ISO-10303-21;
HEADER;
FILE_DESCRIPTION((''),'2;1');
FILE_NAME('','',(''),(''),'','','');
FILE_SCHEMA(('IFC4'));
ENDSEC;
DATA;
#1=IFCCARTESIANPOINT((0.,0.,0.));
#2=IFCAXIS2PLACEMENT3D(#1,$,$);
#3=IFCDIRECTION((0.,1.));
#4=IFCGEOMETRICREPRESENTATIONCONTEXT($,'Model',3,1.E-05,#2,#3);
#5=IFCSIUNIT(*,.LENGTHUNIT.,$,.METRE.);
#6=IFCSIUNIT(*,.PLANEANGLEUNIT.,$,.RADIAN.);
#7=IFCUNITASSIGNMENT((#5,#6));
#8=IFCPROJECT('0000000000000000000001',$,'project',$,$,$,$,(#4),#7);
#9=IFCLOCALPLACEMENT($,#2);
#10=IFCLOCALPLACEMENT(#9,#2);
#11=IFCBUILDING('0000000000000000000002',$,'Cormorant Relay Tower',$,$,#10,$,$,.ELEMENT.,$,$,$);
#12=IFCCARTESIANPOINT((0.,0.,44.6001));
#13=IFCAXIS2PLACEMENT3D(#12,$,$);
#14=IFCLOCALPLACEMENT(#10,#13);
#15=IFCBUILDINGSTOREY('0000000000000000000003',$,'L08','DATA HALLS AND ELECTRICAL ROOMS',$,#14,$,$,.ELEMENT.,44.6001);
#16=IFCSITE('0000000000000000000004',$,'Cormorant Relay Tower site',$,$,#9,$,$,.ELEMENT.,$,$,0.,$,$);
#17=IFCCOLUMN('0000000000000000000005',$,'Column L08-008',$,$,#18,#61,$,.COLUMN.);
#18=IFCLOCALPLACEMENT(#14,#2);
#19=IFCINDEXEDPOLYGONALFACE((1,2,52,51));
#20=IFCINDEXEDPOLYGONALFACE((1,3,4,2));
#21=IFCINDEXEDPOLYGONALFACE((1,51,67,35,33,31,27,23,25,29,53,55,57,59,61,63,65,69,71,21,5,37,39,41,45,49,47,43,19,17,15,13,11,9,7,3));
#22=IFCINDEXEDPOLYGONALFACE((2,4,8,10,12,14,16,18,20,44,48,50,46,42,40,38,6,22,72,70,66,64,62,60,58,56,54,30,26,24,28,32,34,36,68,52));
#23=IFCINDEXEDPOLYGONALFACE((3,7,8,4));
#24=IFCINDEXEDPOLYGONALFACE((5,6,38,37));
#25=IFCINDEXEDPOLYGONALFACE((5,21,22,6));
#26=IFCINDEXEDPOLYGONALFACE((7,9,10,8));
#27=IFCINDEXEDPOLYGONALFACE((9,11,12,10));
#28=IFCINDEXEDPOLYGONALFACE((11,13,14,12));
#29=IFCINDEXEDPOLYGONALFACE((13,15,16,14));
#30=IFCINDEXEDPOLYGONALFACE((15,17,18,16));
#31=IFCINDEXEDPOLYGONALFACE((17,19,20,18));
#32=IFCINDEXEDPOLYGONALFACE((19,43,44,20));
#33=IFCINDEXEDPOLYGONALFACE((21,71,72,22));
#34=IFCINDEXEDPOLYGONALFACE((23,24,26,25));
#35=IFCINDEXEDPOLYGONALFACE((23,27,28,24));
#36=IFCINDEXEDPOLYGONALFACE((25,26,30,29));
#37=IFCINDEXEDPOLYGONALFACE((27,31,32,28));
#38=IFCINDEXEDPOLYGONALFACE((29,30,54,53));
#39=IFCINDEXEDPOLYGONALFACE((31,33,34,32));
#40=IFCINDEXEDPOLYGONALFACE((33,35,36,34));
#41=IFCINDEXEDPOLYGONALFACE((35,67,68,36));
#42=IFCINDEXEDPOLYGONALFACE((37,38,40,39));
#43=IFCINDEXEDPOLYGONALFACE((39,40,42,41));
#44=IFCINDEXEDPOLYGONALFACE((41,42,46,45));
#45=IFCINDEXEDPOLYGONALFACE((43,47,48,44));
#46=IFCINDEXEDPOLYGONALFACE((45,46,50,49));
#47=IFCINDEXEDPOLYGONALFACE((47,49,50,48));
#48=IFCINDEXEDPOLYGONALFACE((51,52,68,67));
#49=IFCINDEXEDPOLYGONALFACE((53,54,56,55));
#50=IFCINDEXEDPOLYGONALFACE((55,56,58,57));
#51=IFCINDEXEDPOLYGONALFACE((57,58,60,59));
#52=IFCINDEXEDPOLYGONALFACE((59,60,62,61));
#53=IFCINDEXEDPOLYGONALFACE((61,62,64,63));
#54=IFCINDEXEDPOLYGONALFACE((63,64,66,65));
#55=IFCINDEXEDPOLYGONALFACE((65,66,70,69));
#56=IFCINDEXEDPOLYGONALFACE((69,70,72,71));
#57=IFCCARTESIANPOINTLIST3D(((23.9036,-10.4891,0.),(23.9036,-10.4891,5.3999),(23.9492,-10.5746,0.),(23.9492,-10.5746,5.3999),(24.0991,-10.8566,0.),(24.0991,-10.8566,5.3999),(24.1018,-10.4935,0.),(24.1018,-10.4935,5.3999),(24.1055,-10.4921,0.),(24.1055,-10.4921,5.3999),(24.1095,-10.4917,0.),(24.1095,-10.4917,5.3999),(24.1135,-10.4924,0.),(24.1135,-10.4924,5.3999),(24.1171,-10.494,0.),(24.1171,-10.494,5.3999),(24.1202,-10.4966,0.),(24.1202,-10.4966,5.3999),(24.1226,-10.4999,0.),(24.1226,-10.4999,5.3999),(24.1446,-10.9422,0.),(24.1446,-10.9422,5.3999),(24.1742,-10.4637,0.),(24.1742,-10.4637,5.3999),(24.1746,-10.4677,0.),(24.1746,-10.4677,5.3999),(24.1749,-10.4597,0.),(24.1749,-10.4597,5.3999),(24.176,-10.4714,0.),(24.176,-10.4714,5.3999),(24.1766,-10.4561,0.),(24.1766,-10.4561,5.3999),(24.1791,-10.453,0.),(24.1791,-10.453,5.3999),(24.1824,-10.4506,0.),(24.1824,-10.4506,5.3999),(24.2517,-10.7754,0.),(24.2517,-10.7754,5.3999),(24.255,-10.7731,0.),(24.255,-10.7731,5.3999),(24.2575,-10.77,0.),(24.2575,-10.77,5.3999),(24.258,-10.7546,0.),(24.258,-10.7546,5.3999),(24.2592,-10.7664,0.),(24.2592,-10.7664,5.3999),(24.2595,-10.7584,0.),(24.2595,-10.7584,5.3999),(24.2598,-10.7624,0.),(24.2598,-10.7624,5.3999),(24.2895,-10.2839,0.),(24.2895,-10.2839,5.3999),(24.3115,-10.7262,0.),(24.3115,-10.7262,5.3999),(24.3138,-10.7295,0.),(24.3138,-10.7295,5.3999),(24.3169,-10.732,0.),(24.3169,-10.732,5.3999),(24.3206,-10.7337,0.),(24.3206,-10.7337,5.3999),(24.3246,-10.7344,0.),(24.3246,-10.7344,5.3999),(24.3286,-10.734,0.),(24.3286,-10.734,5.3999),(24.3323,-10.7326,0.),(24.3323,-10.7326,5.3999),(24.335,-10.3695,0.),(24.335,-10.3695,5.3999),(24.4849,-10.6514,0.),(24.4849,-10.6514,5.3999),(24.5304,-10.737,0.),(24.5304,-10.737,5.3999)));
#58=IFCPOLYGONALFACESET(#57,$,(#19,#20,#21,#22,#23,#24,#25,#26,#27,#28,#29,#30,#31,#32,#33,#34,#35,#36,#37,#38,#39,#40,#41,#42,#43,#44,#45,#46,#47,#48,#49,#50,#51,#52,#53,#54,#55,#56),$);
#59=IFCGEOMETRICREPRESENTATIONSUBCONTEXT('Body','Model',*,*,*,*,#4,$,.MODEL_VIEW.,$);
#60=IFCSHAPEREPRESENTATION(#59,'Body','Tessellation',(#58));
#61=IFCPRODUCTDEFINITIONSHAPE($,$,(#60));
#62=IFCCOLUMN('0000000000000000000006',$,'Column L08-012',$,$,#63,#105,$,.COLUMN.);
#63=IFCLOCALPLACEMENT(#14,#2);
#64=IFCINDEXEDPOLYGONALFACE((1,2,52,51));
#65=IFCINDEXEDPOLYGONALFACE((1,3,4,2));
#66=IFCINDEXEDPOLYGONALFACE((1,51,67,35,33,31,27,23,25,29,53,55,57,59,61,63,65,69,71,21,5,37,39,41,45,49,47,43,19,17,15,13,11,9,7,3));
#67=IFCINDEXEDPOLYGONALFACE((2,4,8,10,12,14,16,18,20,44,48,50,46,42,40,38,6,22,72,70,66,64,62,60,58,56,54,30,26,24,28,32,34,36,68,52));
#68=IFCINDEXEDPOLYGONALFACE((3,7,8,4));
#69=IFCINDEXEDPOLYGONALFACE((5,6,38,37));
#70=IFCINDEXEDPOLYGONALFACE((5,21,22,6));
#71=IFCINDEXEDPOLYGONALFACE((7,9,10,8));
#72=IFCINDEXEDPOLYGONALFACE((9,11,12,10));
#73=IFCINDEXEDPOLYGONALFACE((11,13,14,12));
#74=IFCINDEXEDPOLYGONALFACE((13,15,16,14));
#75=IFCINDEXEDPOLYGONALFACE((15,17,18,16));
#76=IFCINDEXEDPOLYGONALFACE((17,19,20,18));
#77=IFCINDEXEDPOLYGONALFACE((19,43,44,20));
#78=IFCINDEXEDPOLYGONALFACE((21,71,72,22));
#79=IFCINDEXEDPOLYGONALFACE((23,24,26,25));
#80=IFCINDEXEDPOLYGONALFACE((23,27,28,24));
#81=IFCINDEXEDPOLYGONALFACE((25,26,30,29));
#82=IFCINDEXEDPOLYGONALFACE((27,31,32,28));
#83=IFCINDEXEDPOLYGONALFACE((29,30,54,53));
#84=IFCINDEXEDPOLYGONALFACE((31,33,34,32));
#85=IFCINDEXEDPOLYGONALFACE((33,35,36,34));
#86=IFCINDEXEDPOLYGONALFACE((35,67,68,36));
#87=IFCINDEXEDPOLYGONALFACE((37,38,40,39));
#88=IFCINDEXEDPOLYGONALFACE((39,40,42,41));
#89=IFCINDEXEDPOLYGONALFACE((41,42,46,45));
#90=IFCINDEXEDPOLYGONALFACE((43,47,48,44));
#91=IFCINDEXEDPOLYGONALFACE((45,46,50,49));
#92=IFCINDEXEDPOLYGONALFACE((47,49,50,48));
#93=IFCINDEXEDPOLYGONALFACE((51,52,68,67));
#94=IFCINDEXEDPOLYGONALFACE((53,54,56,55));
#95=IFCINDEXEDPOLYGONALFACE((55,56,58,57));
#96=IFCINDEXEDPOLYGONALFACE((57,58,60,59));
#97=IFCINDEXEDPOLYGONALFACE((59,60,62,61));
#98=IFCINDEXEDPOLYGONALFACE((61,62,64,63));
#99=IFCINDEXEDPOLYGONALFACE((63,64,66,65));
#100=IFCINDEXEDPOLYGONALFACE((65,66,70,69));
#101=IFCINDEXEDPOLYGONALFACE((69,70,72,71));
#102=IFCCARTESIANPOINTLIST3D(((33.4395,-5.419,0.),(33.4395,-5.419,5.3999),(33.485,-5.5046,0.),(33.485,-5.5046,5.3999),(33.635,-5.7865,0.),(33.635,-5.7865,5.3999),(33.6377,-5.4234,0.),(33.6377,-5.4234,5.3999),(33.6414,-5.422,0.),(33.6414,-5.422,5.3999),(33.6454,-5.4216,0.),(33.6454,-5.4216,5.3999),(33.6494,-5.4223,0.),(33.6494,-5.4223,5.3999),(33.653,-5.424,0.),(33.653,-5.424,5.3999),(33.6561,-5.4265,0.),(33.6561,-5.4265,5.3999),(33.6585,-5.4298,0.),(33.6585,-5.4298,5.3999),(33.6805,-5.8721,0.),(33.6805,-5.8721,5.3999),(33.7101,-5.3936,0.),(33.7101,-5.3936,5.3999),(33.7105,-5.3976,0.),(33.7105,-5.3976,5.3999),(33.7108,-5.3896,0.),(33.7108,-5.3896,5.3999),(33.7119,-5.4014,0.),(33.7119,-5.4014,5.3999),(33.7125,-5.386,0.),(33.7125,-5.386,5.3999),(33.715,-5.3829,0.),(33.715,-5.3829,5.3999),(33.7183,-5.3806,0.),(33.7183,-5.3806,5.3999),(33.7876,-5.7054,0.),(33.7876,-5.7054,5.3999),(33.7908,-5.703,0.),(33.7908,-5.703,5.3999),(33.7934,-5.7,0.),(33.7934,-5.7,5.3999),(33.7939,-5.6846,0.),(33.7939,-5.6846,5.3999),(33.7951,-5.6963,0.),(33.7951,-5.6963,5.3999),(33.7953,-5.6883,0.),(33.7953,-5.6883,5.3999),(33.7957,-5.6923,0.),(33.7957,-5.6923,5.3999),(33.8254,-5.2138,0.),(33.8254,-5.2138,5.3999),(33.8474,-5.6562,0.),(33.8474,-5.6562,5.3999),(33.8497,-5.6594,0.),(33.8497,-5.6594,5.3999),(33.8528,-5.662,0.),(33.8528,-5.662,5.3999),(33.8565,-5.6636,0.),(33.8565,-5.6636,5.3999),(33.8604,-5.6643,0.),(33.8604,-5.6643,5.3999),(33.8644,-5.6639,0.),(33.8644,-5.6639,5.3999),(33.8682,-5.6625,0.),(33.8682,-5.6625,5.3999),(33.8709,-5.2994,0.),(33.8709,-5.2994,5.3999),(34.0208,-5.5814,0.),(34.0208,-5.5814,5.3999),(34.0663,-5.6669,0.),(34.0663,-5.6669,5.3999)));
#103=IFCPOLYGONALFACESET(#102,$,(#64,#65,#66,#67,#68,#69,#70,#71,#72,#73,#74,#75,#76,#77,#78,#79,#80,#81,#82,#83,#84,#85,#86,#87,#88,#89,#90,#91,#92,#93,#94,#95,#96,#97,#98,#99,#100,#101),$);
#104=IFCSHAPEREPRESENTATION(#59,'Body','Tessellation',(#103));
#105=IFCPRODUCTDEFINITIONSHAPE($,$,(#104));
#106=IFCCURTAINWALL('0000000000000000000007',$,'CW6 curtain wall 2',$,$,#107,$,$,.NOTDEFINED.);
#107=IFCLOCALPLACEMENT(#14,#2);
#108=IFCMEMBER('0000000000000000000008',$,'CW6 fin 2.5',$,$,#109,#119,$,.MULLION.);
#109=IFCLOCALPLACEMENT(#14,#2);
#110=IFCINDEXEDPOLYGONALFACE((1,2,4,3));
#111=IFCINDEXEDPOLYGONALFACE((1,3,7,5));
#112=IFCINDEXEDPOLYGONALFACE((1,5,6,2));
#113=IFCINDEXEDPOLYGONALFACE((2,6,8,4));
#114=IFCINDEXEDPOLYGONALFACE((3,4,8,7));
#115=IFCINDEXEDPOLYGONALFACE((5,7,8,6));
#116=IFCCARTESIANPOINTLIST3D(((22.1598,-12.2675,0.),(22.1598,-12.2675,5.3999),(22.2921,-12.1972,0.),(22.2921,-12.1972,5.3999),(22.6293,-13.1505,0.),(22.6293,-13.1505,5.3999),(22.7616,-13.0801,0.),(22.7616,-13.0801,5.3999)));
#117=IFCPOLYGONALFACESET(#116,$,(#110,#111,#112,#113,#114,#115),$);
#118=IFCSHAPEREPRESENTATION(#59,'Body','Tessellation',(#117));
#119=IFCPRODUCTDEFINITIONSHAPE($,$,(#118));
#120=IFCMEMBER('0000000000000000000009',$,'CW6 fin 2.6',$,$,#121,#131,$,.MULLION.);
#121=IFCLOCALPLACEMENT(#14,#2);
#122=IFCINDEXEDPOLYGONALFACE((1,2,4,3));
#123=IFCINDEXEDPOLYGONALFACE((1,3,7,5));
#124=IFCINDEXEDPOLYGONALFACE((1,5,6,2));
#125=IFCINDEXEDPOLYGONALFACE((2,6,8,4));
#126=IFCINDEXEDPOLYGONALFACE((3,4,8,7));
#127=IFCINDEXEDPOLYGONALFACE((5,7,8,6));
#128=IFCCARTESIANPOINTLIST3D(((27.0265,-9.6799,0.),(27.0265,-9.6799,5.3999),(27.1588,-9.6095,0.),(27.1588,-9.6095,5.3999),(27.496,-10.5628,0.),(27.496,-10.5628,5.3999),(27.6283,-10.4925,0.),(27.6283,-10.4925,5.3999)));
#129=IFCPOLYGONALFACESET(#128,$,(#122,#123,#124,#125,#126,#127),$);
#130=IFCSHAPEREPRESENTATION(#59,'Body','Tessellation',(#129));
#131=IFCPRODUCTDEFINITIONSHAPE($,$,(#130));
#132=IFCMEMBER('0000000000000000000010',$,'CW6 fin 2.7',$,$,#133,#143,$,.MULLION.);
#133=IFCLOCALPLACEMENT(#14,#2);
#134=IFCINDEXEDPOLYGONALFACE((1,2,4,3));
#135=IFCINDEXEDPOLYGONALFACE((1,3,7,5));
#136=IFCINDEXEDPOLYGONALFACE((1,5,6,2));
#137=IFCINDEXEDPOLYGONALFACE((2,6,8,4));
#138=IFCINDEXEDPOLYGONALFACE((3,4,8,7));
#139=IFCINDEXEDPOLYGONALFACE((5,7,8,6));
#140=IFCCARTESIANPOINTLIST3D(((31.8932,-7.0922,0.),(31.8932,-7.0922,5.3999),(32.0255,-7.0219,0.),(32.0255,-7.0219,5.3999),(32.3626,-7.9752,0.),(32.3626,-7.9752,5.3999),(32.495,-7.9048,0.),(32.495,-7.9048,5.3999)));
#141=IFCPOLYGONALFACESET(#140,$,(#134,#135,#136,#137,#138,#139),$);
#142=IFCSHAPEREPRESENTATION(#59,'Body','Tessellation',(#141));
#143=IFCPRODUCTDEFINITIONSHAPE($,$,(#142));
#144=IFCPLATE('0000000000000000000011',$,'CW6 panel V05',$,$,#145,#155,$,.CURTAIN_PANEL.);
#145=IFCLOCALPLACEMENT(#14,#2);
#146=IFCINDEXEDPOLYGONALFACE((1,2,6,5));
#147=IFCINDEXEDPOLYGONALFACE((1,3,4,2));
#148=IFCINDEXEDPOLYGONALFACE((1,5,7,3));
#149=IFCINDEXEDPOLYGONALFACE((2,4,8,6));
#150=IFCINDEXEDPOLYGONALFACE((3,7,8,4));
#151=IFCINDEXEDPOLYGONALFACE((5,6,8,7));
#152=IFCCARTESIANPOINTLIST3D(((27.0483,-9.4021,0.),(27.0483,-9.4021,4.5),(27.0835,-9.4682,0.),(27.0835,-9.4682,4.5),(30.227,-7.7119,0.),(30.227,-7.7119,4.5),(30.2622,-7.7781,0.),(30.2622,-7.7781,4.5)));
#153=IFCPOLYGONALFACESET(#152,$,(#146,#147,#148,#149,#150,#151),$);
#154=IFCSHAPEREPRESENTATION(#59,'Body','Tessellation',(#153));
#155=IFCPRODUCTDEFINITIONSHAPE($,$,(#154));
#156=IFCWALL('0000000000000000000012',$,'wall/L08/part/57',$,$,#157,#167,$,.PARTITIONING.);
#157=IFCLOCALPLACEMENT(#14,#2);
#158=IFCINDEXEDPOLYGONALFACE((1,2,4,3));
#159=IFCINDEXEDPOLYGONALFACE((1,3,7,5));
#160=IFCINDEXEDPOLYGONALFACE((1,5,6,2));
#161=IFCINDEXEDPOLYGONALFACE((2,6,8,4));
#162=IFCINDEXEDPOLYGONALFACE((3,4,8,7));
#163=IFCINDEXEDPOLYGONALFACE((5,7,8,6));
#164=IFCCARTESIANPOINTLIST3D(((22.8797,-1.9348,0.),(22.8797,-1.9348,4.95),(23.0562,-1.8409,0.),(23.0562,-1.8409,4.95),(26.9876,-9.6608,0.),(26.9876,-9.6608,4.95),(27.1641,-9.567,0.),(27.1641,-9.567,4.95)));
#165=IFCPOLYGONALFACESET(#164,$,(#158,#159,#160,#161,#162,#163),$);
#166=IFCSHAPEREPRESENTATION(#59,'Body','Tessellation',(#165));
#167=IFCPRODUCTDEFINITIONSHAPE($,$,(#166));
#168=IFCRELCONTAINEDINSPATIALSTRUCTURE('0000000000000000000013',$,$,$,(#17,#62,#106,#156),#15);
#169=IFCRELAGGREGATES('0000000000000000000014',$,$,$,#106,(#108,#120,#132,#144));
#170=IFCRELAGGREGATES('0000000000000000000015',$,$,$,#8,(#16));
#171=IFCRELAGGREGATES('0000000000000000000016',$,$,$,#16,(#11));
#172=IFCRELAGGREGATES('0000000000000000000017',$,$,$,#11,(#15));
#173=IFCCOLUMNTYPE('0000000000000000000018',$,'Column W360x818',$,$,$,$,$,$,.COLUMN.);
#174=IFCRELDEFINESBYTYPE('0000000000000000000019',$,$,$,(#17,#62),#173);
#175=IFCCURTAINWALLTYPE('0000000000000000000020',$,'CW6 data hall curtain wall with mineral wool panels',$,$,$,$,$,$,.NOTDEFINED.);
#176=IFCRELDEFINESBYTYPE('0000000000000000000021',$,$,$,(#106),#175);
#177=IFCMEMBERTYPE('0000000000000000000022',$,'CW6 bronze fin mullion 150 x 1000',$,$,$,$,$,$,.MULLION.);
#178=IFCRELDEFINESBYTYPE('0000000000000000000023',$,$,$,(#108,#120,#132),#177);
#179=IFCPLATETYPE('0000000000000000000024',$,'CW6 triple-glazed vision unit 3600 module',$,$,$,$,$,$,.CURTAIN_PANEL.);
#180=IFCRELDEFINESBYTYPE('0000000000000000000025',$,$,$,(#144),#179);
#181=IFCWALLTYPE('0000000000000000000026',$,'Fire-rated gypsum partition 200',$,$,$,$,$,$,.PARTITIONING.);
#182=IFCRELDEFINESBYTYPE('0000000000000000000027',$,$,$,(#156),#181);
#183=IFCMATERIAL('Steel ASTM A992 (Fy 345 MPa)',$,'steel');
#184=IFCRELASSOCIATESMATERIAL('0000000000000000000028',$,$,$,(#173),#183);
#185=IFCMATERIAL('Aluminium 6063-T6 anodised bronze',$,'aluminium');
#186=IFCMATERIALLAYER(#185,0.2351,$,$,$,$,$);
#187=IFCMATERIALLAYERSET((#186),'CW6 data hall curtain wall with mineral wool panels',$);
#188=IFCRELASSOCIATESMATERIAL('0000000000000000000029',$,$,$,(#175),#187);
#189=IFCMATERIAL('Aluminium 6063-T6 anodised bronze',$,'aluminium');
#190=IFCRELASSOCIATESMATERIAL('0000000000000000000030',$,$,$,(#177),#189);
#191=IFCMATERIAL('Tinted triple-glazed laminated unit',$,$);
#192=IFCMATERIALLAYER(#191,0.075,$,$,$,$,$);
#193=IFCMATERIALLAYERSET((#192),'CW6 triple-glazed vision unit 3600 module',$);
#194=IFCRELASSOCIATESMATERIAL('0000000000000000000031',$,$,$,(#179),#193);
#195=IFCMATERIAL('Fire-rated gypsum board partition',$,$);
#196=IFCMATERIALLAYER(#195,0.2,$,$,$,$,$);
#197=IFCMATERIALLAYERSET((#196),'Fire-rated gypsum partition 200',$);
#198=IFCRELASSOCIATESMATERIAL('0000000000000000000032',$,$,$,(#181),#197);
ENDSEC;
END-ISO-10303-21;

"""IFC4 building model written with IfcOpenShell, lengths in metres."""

from ifc_helpers import new_model, si_unit, direction, frame, frame_2d, origin, origin_2d, place, context, subcontext, project, spatial, rectangle, i_section, extrude, material, layer, layer_set, material_profile, profile_set, type_object, element, aggregate, save


model = new_model("IFC4")

# Units and contexts
model_context = context("Model", 3, precision=1e-05, world=origin(), true_north=direction((0.0, 1.0)))
body_context = subcontext(model_context, "Body", "Model", "MODEL_VIEW")
ifc_project = project(units=[si_unit("LENGTHUNIT", "METRE"), si_unit("PLANEANGLEUNIT", "RADIAN")], contexts=[model_context])

# Site, building, storey
site_placement = place(None, origin())
site = spatial("IfcSite", under=ifc_project, at=site_placement, Name="Cormorant Relay Tower site", CompositionType="ELEMENT", RefElevation=0.0)
building_placement = place(site_placement, origin())
building = spatial("IfcBuilding", under=site, at=building_placement, Name="Cormorant Relay Tower", CompositionType="ELEMENT")
storey_placement = place(building_placement, frame((0.0, 0.0, 44.6001)))
storey = spatial("IfcBuildingStorey", under=building, at=storey_placement, Name="L08", Description="DATA HALLS AND ELECTRICAL ROOMS", CompositionType="ELEMENT", Elevation=44.6001)

# Columns
ifc_material_1 = material(Name="Steel ASTM A992 (Fy 345 MPa)", Category="steel")
ifc_material_profile_1 = material_profile(ifc_material_1, i_section(OverallWidth=0.437, OverallDepth=0.5132, WebThickness=0.0605, FlangeThickness=0.0969, FilletRadius=0.0154, at=origin_2d()), Name="W360x818")
ifc_profile_set_1 = profile_set([ifc_material_profile_1], Name="Steel ASTM A992 (Fy 345 MPa)")
column_type = type_object("IfcColumnType", Name="Column W360x818", PredefinedType="COLUMN", material=ifc_profile_set_1)
for number, where, z_axis, x_axis, name in (
    (1, (24.217, -10.613, 0.0), (0.0, 0.0, 1.0), (0.882948, 0.469472, 0.0), "Column L08-008"),
    (2, (33.7529, -5.543, 0.0), (0.0, 0.0, 1.0), (0.882948, 0.469472, 0.0), "Column L08-012"),
):
    element("IfcColumn", number, at=place(storey_placement, frame(where, z_axis=z_axis, x_axis=x_axis)), inside=storey, type_object=column_type, Name=name, PredefinedType="COLUMN", context=body_context, shape_type="SweptSolid", body=[
        extrude(i_section(OverallWidth=0.437, OverallDepth=0.5132, WebThickness=0.0605, FlangeThickness=0.0969, FilletRadius=0.0154, at=origin_2d()), origin(), (0.0, 0.0, 1.0), 5.3999),
    ])

# Curtain wall, members, plate
ifc_material_2 = material(Name="Aluminium 6063-T6 anodised bronze", Category="aluminium")
ifc_layer_1 = layer(ifc_material_2, 0.2351)
ifc_layer_set_1 = layer_set([ifc_layer_1], Name="CW6 data hall curtain wall with mineral wool panels")
curtain_wall_type = type_object("IfcCurtainWallType", Name="CW6 data hall curtain wall with mineral wool panels", PredefinedType="NOTDEFINED", material=ifc_layer_set_1)
curtain_wall_placement = place(storey_placement, origin())
curtain_wall = element("IfcCurtainWall", 3, at=curtain_wall_placement, inside=storey, type_object=curtain_wall_type, Name="CW6 curtain wall 2", PredefinedType="NOTDEFINED")
ifc_material_3 = material(Name="Aluminium 6063-T6 anodised bronze", Category="aluminium")
ifc_material_profile_2 = material_profile(ifc_material_3, rectangle(XDim=0.1499, YDim=1.0, at=origin_2d()), Name="AL 150x1000")
ifc_profile_set_2 = profile_set([ifc_material_profile_2], Name="Aluminium 6063-T6 anodised bronze")
member_type = type_object("IfcMemberType", Name="CW6 bronze fin mullion 150 x 1000", PredefinedType="MULLION", material=ifc_profile_set_2)
member_1_placement = place(storey_placement, frame((22.4607, -12.6738, 0.0), z_axis=(0.0, 0.0, 1.0), x_axis=(0.882948, 0.469472, 0.0)))
member_1 = element("IfcMember", 4, at=member_1_placement, type_object=member_type, Name="CW6 fin 2.5", PredefinedType="MULLION", context=body_context, shape_type="SweptSolid", body=[
    extrude(rectangle(XDim=0.1499, YDim=1.0, at=origin_2d()), origin(), (0.0, 0.0, 1.0), 5.3999),
])
member_2_placement = place(storey_placement, frame((27.3274, -10.0862, 0.0), z_axis=(0.0, 0.0, 1.0), x_axis=(0.882948, 0.469472, 0.0)))
member_2 = element("IfcMember", 5, at=member_2_placement, type_object=member_type, Name="CW6 fin 2.6", PredefinedType="MULLION", context=body_context, shape_type="SweptSolid", body=[
    extrude(rectangle(XDim=0.1499, YDim=1.0, at=origin_2d()), origin(), (0.0, 0.0, 1.0), 5.3999),
])
member_3_placement = place(storey_placement, frame((32.1941, -7.4985, 0.0), z_axis=(0.0, 0.0, 1.0), x_axis=(0.882948, 0.469472, 0.0)))
member_3 = element("IfcMember", 6, at=member_3_placement, type_object=member_type, Name="CW6 fin 2.7", PredefinedType="MULLION", context=body_context, shape_type="SweptSolid", body=[
    extrude(rectangle(XDim=0.1499, YDim=1.0, at=origin_2d()), origin(), (0.0, 0.0, 1.0), 5.3999),
])
ifc_material_4 = material(Name="Tinted triple-glazed laminated unit")
ifc_layer_2 = layer(ifc_material_4, 0.075)
ifc_layer_set_2 = layer_set([ifc_layer_2], Name="CW6 triple-glazed vision unit 3600 module")
plate_type = type_object("IfcPlateType", Name="CW6 triple-glazed vision unit 3600 module", PredefinedType="CURTAIN_PANEL", material=ifc_layer_set_2)
plate_placement = place(storey_placement, frame((28.6553, -8.5901, 0.0), z_axis=(0.0, 0.0, 1.0), x_axis=(0.882948, 0.469472, 0.0)))
plate = element("IfcPlate", 7, at=plate_placement, type_object=plate_type, Name="CW6 panel V05", PredefinedType="CURTAIN_PANEL", context=body_context, shape_type="SweptSolid", body=[
    extrude(rectangle(XDim=3.6001, YDim=0.075, at=origin_2d()), origin(), (0.0, 0.0, 1.0), 4.5),
])

# Wall
ifc_material_5 = material(Name="Fire-rated gypsum board partition")
ifc_layer_3 = layer(ifc_material_5, 0.2)
ifc_layer_set_3 = layer_set([ifc_layer_3], Name="Fire-rated gypsum partition 200")
wall_type = type_object("IfcWallType", Name="Fire-rated gypsum partition 200", PredefinedType="PARTITIONING", material=ifc_layer_set_3)
wall_placement = place(storey_placement, frame((22.968, -1.8879, 0.0), z_axis=(0.0, 0.0, 1.0), x_axis=(0.469461, -0.882953, 0.0)))
element("IfcWall", 8, at=wall_placement, inside=storey, type_object=wall_type, Name="wall/L08/part/57", PredefinedType="PARTITIONING", context=body_context, shape_type="SweptSolid", body=[
    extrude(rectangle(XDim=8.7502, YDim=0.2, at=frame_2d((4.375, 0.0))), origin(), (0.0, 0.0, 1.0), 4.95),
])

aggregate(curtain_wall, [member_1, member_2, member_3, plate])

save(model, "model.ifc")
